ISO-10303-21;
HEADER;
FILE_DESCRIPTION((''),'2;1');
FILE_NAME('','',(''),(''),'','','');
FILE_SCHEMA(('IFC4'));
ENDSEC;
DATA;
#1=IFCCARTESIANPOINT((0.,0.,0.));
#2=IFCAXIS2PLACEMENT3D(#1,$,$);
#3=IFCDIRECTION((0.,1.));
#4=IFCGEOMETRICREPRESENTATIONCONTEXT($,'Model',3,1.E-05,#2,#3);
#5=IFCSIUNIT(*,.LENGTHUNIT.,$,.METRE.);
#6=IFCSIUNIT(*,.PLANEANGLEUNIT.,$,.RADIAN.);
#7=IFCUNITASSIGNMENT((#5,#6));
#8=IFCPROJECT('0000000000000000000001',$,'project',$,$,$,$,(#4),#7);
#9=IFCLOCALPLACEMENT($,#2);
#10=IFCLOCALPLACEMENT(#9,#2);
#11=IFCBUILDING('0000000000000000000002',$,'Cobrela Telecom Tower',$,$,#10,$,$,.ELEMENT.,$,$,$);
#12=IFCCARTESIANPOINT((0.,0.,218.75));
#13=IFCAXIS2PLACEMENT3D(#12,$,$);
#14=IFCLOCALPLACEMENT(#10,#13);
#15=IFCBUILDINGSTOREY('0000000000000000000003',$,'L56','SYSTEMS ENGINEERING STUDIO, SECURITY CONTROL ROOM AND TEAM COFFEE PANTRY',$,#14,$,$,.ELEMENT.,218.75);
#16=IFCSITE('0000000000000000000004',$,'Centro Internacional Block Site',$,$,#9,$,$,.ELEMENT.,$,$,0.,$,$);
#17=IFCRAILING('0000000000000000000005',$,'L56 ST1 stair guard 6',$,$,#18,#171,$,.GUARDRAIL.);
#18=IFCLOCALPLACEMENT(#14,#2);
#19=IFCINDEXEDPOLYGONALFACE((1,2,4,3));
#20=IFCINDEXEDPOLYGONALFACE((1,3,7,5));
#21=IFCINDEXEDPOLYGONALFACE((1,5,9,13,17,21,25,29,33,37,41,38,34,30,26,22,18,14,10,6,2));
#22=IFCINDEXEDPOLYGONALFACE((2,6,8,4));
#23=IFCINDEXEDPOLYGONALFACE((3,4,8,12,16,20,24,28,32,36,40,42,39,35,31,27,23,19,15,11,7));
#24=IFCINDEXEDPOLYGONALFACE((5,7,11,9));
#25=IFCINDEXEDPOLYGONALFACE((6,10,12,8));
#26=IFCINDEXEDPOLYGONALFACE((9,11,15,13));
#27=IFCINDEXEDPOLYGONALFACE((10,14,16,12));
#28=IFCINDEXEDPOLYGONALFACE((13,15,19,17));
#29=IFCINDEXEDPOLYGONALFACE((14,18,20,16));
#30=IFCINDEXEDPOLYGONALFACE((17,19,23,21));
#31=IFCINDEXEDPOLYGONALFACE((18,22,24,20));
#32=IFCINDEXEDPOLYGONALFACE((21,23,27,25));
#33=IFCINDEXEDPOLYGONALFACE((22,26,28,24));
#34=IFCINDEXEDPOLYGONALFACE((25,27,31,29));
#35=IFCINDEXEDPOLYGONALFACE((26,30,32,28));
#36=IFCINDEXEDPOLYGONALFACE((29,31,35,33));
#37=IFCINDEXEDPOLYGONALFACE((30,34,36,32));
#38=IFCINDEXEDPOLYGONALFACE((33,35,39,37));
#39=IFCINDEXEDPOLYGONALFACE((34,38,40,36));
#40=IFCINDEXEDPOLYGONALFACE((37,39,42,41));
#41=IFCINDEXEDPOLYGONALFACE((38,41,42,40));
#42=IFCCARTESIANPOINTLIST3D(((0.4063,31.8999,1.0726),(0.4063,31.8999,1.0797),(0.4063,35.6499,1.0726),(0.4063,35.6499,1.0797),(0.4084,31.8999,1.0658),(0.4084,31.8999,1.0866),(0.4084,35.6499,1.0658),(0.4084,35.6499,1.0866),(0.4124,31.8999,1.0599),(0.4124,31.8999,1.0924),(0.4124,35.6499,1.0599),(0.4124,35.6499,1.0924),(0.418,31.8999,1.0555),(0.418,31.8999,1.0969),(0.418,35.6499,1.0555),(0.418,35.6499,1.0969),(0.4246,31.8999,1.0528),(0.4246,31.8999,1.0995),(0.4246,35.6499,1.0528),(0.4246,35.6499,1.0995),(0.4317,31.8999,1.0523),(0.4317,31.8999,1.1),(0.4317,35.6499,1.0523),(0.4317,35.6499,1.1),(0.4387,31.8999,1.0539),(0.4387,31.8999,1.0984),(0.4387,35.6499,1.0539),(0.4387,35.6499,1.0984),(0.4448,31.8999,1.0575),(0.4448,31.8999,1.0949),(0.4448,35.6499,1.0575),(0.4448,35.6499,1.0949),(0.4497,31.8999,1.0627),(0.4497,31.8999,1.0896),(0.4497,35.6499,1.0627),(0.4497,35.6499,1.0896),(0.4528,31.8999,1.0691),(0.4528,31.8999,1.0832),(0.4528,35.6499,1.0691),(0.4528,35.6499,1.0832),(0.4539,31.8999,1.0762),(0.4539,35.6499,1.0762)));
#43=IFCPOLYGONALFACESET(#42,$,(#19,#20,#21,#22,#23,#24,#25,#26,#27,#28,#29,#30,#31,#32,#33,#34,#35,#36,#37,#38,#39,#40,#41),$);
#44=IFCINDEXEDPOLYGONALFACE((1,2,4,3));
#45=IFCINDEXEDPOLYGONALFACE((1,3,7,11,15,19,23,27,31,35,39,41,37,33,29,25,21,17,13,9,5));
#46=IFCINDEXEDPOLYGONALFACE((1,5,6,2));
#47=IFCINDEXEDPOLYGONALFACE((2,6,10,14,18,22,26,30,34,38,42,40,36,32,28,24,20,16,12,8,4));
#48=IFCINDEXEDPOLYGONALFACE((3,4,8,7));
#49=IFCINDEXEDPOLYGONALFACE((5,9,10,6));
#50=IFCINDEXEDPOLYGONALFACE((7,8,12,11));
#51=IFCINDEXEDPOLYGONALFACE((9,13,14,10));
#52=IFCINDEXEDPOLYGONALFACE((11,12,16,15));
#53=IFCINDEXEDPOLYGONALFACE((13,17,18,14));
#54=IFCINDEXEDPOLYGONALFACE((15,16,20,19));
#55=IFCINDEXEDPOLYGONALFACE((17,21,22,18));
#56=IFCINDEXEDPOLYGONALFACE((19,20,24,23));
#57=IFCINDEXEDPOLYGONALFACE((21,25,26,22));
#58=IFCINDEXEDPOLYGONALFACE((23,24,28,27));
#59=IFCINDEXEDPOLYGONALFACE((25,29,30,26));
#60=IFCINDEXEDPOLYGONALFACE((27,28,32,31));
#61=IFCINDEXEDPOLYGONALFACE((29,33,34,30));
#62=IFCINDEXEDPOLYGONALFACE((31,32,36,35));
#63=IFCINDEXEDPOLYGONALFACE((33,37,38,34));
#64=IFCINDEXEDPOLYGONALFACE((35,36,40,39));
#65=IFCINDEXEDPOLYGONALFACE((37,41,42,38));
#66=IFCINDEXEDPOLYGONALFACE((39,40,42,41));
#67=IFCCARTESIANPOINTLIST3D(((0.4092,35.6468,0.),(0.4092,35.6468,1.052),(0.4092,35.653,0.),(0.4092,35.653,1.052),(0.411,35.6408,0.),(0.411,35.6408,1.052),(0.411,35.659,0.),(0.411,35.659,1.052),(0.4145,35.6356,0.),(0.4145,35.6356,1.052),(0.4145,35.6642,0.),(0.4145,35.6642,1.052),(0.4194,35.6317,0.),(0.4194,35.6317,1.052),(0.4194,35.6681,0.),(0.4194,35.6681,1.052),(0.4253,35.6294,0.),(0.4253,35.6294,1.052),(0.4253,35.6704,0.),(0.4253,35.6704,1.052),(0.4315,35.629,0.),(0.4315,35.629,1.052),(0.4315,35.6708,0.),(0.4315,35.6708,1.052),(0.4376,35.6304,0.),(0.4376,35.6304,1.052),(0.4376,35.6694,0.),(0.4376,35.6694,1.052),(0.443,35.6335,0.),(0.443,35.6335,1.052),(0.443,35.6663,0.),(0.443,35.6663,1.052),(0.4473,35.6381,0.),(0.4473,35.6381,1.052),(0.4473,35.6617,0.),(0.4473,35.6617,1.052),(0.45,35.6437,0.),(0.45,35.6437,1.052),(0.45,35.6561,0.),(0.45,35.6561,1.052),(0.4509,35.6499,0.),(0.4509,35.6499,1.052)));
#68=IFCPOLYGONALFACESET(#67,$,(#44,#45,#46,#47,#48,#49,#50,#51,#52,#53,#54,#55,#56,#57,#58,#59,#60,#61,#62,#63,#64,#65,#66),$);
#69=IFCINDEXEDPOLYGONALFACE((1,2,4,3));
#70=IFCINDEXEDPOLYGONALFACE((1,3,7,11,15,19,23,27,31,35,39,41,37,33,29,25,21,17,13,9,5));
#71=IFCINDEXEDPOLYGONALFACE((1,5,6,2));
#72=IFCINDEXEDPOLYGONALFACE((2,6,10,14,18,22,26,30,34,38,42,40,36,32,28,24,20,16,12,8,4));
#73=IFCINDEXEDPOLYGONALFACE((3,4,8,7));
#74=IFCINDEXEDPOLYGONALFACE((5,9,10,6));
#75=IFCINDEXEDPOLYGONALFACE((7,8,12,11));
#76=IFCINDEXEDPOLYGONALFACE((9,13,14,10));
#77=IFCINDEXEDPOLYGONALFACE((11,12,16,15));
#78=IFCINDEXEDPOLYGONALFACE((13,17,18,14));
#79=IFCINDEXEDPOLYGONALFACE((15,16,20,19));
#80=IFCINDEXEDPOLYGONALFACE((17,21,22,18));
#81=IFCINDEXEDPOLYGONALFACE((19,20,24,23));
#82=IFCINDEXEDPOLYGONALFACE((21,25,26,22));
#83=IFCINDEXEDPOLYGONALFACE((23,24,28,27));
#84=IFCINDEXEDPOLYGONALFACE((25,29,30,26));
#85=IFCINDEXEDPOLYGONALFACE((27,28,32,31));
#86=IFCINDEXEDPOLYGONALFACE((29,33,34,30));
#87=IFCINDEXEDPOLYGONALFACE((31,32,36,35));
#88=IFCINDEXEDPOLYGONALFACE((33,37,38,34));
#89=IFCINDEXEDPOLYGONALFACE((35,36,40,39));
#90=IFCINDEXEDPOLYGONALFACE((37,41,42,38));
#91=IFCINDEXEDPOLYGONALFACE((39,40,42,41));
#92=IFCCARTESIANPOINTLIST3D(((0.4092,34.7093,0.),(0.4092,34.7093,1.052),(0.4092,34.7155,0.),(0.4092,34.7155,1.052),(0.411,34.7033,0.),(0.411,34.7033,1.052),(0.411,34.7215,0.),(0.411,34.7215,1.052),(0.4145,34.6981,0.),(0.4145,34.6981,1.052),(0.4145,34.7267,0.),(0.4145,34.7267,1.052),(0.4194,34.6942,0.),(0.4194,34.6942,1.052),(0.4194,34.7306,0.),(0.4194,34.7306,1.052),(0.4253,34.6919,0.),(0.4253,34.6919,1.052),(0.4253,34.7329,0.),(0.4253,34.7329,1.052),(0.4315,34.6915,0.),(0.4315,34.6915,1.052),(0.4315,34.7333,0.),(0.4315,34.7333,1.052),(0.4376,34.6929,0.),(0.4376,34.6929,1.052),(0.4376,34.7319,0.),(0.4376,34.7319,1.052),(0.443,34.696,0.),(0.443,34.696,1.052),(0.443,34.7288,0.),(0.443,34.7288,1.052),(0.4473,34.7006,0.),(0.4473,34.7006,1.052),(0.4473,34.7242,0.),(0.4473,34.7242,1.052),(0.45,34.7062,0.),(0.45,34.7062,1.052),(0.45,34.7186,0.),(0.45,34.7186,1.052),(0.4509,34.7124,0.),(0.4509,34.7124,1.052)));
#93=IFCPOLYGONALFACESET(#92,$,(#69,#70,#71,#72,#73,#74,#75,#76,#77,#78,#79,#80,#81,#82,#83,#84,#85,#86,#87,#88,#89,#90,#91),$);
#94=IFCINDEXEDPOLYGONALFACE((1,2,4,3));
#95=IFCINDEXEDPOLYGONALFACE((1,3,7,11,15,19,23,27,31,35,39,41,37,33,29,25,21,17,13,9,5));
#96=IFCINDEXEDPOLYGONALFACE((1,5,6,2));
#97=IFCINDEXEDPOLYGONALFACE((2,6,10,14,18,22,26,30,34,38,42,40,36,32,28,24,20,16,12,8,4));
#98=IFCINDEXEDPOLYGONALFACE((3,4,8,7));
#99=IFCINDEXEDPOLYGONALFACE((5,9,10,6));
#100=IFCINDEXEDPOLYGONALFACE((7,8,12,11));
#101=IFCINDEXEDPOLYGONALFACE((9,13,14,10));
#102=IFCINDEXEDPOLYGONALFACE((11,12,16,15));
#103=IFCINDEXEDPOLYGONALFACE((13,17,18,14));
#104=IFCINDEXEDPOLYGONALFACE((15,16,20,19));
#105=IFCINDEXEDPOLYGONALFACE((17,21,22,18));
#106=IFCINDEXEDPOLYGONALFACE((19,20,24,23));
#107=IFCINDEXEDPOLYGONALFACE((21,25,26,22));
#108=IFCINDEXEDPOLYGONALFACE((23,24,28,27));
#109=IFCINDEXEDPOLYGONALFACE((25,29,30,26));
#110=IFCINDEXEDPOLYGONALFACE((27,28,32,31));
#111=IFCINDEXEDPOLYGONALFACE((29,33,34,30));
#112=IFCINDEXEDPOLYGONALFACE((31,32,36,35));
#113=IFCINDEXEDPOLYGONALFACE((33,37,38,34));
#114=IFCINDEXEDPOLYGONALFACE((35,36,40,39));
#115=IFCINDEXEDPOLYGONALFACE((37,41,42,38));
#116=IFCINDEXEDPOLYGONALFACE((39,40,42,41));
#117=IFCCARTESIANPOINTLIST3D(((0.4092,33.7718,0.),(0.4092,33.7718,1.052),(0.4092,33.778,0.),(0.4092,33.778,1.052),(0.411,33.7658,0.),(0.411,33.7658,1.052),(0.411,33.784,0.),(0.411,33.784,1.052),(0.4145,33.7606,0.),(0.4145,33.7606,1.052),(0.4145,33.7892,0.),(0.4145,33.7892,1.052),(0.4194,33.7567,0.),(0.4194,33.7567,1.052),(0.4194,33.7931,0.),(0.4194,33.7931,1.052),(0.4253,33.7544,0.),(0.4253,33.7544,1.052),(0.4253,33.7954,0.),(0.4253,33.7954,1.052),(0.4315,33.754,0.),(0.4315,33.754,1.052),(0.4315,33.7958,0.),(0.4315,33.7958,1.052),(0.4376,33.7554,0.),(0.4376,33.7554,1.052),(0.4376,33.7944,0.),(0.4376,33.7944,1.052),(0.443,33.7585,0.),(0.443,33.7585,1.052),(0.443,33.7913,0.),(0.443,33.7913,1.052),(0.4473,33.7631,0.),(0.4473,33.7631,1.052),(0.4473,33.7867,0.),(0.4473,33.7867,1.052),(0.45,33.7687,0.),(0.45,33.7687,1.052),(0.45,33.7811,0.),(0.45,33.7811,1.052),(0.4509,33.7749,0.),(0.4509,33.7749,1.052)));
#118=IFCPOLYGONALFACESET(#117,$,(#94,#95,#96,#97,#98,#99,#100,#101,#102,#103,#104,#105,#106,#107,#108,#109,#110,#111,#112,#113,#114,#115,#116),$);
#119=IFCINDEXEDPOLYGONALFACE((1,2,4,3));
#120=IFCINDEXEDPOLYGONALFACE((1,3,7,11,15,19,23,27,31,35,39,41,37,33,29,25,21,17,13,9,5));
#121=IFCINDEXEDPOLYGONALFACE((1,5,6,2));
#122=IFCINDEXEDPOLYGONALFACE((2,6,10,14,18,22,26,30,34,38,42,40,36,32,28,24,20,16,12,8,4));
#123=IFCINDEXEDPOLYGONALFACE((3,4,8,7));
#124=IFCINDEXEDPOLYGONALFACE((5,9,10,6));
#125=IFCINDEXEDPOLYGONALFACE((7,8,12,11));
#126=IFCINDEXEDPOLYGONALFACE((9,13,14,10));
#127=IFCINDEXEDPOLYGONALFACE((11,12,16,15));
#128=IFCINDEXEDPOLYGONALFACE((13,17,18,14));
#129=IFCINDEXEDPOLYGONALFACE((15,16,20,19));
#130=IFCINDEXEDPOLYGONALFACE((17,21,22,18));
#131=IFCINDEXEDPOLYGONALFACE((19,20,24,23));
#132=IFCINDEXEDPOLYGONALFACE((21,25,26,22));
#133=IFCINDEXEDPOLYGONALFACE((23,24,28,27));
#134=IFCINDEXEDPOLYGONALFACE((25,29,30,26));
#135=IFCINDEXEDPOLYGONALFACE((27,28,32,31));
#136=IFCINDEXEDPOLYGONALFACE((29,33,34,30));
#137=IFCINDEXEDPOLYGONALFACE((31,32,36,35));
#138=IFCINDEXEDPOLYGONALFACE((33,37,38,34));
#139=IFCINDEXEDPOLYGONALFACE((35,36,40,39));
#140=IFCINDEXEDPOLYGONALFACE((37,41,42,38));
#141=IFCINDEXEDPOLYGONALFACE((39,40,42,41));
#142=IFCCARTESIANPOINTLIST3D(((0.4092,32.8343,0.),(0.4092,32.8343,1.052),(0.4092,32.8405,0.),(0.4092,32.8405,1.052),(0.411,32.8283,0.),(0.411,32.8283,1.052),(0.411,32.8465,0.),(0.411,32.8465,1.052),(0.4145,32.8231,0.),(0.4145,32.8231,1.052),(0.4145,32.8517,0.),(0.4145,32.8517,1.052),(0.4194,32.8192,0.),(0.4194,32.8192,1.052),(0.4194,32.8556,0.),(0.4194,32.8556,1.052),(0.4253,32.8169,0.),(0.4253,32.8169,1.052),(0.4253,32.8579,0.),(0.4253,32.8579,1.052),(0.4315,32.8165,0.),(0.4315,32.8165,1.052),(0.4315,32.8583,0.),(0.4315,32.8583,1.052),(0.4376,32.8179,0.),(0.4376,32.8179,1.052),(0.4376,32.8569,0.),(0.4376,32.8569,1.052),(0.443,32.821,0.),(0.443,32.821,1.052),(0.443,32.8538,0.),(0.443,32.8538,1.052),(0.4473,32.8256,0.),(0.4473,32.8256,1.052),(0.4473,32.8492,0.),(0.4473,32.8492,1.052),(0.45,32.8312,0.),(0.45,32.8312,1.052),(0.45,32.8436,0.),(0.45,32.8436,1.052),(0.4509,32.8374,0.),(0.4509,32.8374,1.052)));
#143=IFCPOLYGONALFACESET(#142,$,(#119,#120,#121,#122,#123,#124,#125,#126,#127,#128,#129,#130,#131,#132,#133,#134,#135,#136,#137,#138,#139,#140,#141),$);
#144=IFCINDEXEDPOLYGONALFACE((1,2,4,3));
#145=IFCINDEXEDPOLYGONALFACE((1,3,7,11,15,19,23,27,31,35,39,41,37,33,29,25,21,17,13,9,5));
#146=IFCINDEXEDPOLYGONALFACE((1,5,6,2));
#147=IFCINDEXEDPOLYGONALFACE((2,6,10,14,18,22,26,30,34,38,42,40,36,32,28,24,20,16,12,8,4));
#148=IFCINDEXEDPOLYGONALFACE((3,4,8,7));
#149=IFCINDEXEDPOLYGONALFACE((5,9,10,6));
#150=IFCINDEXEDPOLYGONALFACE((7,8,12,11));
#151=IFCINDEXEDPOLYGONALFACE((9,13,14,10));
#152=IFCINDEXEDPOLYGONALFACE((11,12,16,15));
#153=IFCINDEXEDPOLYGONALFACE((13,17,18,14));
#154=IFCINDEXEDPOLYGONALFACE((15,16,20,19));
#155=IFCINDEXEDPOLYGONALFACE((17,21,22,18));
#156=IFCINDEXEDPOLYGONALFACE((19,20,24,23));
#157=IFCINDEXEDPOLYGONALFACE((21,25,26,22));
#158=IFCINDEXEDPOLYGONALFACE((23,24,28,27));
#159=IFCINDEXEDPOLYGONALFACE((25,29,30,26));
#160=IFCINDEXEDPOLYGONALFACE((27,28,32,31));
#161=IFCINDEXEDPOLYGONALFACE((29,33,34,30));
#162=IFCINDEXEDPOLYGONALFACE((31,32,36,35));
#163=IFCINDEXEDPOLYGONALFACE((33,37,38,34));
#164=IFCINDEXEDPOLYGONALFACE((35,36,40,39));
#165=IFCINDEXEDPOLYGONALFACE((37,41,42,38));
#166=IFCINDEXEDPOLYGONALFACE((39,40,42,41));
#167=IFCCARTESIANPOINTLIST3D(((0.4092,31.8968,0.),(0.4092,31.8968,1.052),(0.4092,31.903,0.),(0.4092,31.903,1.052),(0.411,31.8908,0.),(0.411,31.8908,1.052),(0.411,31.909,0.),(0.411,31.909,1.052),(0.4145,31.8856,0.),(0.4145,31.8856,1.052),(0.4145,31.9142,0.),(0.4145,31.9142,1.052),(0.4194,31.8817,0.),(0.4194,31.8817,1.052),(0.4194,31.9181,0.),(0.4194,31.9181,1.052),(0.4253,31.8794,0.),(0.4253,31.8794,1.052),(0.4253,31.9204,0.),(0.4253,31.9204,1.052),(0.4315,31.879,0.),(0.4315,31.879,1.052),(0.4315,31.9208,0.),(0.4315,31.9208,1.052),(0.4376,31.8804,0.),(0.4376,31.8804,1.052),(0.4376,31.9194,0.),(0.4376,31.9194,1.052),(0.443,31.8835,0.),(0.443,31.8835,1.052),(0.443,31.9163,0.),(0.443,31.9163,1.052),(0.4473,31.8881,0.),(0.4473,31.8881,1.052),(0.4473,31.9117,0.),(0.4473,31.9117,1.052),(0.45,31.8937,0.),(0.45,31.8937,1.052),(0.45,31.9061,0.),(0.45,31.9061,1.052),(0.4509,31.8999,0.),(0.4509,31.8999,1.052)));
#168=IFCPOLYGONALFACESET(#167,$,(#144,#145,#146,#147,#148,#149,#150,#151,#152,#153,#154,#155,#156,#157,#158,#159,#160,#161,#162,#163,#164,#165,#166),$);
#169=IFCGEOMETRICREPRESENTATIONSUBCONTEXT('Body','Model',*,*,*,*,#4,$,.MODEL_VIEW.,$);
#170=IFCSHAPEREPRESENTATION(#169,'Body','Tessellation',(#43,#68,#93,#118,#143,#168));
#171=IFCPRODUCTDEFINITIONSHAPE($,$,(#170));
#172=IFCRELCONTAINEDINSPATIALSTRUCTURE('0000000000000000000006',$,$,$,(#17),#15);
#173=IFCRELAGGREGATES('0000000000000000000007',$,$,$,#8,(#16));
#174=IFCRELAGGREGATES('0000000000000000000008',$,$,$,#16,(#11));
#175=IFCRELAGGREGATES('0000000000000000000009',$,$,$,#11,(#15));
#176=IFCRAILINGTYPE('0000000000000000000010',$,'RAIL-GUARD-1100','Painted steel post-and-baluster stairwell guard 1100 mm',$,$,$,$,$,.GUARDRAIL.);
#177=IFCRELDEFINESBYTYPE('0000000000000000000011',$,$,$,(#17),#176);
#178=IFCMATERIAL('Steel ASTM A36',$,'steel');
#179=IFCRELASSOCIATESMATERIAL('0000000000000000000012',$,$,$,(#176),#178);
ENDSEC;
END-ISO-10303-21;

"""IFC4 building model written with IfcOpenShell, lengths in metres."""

from ifc_helpers import new_model, si_unit, direction, frame, origin, origin_2d, place, context, subcontext, project, spatial, circle, extrude, material, type_object, element, save


model = new_model("IFC4")

# Units and contexts
model_context = context("Model", 3, precision=1e-05, world=origin(), true_north=direction((0.0, 1.0)))
body_context = subcontext(model_context, "Body", "Model", "MODEL_VIEW")
ifc_project = project(units=[si_unit("LENGTHUNIT", "METRE"), si_unit("PLANEANGLEUNIT", "RADIAN")], contexts=[model_context])

# Site, building, storey
site_placement = place(None, origin())
site = spatial("IfcSite", under=ifc_project, at=site_placement, Name="Centro Internacional Block Site", CompositionType="ELEMENT", RefElevation=0.0)
building_placement = place(site_placement, origin())
building = spatial("IfcBuilding", under=site, at=building_placement, Name="Cobrela Telecom Tower", CompositionType="ELEMENT")
storey_placement = place(building_placement, frame((0.0, 0.0, 218.75)))
storey = spatial("IfcBuildingStorey", under=building, at=storey_placement, Name="L56", Description="SYSTEMS ENGINEERING STUDIO, SECURITY CONTROL ROOM AND TEAM COFFEE PANTRY", CompositionType="ELEMENT", Elevation=218.75)

# Railing
ifc_material_1 = material(Name="Steel ASTM A36", Category="steel")
railing_type = type_object("IfcRailingType", Name="RAIL-GUARD-1100", Description="Painted steel post-and-baluster stairwell guard 1100 mm", PredefinedType="GUARDRAIL", material=ifc_material_1)
railing_placement = place(storey_placement, frame((0.4299, 35.6499, 0.0)))
element("IfcRailing", 1, at=railing_placement, inside=storey, type_object=railing_type, Name="L56 ST1 stair guard 6", PredefinedType="GUARDRAIL", context=body_context, shape_type="SweptSolid", body=[
    extrude(circle(Radius=0.0239, at=origin_2d()), frame((0.0, 0.0, 1.0762), z_axis=(0.0, -1.0, 0.0), x_axis=(1.0, 0.0, 0.0)), (0.0, 0.0, 1.0), 3.75),
    extrude(circle(Radius=0.021, at=origin_2d()), origin(), (0.0, 0.0, 1.0), 1.052),
    extrude(circle(Radius=0.021, at=origin_2d()), frame((0.0, -0.9375, 0.0)), (0.0, 0.0, 1.0), 1.052),
    extrude(circle(Radius=0.021, at=origin_2d()), frame((0.0, -1.875, 0.0)), (0.0, 0.0, 1.0), 1.052),
    extrude(circle(Radius=0.021, at=origin_2d()), frame((0.0, -2.8125, 0.0)), (0.0, 0.0, 1.0), 1.052),
    extrude(circle(Radius=0.021, at=origin_2d()), frame((0.0, -3.75, 0.0)), (0.0, 0.0, 1.0), 1.052),
])

save(model, "model.ifc")
